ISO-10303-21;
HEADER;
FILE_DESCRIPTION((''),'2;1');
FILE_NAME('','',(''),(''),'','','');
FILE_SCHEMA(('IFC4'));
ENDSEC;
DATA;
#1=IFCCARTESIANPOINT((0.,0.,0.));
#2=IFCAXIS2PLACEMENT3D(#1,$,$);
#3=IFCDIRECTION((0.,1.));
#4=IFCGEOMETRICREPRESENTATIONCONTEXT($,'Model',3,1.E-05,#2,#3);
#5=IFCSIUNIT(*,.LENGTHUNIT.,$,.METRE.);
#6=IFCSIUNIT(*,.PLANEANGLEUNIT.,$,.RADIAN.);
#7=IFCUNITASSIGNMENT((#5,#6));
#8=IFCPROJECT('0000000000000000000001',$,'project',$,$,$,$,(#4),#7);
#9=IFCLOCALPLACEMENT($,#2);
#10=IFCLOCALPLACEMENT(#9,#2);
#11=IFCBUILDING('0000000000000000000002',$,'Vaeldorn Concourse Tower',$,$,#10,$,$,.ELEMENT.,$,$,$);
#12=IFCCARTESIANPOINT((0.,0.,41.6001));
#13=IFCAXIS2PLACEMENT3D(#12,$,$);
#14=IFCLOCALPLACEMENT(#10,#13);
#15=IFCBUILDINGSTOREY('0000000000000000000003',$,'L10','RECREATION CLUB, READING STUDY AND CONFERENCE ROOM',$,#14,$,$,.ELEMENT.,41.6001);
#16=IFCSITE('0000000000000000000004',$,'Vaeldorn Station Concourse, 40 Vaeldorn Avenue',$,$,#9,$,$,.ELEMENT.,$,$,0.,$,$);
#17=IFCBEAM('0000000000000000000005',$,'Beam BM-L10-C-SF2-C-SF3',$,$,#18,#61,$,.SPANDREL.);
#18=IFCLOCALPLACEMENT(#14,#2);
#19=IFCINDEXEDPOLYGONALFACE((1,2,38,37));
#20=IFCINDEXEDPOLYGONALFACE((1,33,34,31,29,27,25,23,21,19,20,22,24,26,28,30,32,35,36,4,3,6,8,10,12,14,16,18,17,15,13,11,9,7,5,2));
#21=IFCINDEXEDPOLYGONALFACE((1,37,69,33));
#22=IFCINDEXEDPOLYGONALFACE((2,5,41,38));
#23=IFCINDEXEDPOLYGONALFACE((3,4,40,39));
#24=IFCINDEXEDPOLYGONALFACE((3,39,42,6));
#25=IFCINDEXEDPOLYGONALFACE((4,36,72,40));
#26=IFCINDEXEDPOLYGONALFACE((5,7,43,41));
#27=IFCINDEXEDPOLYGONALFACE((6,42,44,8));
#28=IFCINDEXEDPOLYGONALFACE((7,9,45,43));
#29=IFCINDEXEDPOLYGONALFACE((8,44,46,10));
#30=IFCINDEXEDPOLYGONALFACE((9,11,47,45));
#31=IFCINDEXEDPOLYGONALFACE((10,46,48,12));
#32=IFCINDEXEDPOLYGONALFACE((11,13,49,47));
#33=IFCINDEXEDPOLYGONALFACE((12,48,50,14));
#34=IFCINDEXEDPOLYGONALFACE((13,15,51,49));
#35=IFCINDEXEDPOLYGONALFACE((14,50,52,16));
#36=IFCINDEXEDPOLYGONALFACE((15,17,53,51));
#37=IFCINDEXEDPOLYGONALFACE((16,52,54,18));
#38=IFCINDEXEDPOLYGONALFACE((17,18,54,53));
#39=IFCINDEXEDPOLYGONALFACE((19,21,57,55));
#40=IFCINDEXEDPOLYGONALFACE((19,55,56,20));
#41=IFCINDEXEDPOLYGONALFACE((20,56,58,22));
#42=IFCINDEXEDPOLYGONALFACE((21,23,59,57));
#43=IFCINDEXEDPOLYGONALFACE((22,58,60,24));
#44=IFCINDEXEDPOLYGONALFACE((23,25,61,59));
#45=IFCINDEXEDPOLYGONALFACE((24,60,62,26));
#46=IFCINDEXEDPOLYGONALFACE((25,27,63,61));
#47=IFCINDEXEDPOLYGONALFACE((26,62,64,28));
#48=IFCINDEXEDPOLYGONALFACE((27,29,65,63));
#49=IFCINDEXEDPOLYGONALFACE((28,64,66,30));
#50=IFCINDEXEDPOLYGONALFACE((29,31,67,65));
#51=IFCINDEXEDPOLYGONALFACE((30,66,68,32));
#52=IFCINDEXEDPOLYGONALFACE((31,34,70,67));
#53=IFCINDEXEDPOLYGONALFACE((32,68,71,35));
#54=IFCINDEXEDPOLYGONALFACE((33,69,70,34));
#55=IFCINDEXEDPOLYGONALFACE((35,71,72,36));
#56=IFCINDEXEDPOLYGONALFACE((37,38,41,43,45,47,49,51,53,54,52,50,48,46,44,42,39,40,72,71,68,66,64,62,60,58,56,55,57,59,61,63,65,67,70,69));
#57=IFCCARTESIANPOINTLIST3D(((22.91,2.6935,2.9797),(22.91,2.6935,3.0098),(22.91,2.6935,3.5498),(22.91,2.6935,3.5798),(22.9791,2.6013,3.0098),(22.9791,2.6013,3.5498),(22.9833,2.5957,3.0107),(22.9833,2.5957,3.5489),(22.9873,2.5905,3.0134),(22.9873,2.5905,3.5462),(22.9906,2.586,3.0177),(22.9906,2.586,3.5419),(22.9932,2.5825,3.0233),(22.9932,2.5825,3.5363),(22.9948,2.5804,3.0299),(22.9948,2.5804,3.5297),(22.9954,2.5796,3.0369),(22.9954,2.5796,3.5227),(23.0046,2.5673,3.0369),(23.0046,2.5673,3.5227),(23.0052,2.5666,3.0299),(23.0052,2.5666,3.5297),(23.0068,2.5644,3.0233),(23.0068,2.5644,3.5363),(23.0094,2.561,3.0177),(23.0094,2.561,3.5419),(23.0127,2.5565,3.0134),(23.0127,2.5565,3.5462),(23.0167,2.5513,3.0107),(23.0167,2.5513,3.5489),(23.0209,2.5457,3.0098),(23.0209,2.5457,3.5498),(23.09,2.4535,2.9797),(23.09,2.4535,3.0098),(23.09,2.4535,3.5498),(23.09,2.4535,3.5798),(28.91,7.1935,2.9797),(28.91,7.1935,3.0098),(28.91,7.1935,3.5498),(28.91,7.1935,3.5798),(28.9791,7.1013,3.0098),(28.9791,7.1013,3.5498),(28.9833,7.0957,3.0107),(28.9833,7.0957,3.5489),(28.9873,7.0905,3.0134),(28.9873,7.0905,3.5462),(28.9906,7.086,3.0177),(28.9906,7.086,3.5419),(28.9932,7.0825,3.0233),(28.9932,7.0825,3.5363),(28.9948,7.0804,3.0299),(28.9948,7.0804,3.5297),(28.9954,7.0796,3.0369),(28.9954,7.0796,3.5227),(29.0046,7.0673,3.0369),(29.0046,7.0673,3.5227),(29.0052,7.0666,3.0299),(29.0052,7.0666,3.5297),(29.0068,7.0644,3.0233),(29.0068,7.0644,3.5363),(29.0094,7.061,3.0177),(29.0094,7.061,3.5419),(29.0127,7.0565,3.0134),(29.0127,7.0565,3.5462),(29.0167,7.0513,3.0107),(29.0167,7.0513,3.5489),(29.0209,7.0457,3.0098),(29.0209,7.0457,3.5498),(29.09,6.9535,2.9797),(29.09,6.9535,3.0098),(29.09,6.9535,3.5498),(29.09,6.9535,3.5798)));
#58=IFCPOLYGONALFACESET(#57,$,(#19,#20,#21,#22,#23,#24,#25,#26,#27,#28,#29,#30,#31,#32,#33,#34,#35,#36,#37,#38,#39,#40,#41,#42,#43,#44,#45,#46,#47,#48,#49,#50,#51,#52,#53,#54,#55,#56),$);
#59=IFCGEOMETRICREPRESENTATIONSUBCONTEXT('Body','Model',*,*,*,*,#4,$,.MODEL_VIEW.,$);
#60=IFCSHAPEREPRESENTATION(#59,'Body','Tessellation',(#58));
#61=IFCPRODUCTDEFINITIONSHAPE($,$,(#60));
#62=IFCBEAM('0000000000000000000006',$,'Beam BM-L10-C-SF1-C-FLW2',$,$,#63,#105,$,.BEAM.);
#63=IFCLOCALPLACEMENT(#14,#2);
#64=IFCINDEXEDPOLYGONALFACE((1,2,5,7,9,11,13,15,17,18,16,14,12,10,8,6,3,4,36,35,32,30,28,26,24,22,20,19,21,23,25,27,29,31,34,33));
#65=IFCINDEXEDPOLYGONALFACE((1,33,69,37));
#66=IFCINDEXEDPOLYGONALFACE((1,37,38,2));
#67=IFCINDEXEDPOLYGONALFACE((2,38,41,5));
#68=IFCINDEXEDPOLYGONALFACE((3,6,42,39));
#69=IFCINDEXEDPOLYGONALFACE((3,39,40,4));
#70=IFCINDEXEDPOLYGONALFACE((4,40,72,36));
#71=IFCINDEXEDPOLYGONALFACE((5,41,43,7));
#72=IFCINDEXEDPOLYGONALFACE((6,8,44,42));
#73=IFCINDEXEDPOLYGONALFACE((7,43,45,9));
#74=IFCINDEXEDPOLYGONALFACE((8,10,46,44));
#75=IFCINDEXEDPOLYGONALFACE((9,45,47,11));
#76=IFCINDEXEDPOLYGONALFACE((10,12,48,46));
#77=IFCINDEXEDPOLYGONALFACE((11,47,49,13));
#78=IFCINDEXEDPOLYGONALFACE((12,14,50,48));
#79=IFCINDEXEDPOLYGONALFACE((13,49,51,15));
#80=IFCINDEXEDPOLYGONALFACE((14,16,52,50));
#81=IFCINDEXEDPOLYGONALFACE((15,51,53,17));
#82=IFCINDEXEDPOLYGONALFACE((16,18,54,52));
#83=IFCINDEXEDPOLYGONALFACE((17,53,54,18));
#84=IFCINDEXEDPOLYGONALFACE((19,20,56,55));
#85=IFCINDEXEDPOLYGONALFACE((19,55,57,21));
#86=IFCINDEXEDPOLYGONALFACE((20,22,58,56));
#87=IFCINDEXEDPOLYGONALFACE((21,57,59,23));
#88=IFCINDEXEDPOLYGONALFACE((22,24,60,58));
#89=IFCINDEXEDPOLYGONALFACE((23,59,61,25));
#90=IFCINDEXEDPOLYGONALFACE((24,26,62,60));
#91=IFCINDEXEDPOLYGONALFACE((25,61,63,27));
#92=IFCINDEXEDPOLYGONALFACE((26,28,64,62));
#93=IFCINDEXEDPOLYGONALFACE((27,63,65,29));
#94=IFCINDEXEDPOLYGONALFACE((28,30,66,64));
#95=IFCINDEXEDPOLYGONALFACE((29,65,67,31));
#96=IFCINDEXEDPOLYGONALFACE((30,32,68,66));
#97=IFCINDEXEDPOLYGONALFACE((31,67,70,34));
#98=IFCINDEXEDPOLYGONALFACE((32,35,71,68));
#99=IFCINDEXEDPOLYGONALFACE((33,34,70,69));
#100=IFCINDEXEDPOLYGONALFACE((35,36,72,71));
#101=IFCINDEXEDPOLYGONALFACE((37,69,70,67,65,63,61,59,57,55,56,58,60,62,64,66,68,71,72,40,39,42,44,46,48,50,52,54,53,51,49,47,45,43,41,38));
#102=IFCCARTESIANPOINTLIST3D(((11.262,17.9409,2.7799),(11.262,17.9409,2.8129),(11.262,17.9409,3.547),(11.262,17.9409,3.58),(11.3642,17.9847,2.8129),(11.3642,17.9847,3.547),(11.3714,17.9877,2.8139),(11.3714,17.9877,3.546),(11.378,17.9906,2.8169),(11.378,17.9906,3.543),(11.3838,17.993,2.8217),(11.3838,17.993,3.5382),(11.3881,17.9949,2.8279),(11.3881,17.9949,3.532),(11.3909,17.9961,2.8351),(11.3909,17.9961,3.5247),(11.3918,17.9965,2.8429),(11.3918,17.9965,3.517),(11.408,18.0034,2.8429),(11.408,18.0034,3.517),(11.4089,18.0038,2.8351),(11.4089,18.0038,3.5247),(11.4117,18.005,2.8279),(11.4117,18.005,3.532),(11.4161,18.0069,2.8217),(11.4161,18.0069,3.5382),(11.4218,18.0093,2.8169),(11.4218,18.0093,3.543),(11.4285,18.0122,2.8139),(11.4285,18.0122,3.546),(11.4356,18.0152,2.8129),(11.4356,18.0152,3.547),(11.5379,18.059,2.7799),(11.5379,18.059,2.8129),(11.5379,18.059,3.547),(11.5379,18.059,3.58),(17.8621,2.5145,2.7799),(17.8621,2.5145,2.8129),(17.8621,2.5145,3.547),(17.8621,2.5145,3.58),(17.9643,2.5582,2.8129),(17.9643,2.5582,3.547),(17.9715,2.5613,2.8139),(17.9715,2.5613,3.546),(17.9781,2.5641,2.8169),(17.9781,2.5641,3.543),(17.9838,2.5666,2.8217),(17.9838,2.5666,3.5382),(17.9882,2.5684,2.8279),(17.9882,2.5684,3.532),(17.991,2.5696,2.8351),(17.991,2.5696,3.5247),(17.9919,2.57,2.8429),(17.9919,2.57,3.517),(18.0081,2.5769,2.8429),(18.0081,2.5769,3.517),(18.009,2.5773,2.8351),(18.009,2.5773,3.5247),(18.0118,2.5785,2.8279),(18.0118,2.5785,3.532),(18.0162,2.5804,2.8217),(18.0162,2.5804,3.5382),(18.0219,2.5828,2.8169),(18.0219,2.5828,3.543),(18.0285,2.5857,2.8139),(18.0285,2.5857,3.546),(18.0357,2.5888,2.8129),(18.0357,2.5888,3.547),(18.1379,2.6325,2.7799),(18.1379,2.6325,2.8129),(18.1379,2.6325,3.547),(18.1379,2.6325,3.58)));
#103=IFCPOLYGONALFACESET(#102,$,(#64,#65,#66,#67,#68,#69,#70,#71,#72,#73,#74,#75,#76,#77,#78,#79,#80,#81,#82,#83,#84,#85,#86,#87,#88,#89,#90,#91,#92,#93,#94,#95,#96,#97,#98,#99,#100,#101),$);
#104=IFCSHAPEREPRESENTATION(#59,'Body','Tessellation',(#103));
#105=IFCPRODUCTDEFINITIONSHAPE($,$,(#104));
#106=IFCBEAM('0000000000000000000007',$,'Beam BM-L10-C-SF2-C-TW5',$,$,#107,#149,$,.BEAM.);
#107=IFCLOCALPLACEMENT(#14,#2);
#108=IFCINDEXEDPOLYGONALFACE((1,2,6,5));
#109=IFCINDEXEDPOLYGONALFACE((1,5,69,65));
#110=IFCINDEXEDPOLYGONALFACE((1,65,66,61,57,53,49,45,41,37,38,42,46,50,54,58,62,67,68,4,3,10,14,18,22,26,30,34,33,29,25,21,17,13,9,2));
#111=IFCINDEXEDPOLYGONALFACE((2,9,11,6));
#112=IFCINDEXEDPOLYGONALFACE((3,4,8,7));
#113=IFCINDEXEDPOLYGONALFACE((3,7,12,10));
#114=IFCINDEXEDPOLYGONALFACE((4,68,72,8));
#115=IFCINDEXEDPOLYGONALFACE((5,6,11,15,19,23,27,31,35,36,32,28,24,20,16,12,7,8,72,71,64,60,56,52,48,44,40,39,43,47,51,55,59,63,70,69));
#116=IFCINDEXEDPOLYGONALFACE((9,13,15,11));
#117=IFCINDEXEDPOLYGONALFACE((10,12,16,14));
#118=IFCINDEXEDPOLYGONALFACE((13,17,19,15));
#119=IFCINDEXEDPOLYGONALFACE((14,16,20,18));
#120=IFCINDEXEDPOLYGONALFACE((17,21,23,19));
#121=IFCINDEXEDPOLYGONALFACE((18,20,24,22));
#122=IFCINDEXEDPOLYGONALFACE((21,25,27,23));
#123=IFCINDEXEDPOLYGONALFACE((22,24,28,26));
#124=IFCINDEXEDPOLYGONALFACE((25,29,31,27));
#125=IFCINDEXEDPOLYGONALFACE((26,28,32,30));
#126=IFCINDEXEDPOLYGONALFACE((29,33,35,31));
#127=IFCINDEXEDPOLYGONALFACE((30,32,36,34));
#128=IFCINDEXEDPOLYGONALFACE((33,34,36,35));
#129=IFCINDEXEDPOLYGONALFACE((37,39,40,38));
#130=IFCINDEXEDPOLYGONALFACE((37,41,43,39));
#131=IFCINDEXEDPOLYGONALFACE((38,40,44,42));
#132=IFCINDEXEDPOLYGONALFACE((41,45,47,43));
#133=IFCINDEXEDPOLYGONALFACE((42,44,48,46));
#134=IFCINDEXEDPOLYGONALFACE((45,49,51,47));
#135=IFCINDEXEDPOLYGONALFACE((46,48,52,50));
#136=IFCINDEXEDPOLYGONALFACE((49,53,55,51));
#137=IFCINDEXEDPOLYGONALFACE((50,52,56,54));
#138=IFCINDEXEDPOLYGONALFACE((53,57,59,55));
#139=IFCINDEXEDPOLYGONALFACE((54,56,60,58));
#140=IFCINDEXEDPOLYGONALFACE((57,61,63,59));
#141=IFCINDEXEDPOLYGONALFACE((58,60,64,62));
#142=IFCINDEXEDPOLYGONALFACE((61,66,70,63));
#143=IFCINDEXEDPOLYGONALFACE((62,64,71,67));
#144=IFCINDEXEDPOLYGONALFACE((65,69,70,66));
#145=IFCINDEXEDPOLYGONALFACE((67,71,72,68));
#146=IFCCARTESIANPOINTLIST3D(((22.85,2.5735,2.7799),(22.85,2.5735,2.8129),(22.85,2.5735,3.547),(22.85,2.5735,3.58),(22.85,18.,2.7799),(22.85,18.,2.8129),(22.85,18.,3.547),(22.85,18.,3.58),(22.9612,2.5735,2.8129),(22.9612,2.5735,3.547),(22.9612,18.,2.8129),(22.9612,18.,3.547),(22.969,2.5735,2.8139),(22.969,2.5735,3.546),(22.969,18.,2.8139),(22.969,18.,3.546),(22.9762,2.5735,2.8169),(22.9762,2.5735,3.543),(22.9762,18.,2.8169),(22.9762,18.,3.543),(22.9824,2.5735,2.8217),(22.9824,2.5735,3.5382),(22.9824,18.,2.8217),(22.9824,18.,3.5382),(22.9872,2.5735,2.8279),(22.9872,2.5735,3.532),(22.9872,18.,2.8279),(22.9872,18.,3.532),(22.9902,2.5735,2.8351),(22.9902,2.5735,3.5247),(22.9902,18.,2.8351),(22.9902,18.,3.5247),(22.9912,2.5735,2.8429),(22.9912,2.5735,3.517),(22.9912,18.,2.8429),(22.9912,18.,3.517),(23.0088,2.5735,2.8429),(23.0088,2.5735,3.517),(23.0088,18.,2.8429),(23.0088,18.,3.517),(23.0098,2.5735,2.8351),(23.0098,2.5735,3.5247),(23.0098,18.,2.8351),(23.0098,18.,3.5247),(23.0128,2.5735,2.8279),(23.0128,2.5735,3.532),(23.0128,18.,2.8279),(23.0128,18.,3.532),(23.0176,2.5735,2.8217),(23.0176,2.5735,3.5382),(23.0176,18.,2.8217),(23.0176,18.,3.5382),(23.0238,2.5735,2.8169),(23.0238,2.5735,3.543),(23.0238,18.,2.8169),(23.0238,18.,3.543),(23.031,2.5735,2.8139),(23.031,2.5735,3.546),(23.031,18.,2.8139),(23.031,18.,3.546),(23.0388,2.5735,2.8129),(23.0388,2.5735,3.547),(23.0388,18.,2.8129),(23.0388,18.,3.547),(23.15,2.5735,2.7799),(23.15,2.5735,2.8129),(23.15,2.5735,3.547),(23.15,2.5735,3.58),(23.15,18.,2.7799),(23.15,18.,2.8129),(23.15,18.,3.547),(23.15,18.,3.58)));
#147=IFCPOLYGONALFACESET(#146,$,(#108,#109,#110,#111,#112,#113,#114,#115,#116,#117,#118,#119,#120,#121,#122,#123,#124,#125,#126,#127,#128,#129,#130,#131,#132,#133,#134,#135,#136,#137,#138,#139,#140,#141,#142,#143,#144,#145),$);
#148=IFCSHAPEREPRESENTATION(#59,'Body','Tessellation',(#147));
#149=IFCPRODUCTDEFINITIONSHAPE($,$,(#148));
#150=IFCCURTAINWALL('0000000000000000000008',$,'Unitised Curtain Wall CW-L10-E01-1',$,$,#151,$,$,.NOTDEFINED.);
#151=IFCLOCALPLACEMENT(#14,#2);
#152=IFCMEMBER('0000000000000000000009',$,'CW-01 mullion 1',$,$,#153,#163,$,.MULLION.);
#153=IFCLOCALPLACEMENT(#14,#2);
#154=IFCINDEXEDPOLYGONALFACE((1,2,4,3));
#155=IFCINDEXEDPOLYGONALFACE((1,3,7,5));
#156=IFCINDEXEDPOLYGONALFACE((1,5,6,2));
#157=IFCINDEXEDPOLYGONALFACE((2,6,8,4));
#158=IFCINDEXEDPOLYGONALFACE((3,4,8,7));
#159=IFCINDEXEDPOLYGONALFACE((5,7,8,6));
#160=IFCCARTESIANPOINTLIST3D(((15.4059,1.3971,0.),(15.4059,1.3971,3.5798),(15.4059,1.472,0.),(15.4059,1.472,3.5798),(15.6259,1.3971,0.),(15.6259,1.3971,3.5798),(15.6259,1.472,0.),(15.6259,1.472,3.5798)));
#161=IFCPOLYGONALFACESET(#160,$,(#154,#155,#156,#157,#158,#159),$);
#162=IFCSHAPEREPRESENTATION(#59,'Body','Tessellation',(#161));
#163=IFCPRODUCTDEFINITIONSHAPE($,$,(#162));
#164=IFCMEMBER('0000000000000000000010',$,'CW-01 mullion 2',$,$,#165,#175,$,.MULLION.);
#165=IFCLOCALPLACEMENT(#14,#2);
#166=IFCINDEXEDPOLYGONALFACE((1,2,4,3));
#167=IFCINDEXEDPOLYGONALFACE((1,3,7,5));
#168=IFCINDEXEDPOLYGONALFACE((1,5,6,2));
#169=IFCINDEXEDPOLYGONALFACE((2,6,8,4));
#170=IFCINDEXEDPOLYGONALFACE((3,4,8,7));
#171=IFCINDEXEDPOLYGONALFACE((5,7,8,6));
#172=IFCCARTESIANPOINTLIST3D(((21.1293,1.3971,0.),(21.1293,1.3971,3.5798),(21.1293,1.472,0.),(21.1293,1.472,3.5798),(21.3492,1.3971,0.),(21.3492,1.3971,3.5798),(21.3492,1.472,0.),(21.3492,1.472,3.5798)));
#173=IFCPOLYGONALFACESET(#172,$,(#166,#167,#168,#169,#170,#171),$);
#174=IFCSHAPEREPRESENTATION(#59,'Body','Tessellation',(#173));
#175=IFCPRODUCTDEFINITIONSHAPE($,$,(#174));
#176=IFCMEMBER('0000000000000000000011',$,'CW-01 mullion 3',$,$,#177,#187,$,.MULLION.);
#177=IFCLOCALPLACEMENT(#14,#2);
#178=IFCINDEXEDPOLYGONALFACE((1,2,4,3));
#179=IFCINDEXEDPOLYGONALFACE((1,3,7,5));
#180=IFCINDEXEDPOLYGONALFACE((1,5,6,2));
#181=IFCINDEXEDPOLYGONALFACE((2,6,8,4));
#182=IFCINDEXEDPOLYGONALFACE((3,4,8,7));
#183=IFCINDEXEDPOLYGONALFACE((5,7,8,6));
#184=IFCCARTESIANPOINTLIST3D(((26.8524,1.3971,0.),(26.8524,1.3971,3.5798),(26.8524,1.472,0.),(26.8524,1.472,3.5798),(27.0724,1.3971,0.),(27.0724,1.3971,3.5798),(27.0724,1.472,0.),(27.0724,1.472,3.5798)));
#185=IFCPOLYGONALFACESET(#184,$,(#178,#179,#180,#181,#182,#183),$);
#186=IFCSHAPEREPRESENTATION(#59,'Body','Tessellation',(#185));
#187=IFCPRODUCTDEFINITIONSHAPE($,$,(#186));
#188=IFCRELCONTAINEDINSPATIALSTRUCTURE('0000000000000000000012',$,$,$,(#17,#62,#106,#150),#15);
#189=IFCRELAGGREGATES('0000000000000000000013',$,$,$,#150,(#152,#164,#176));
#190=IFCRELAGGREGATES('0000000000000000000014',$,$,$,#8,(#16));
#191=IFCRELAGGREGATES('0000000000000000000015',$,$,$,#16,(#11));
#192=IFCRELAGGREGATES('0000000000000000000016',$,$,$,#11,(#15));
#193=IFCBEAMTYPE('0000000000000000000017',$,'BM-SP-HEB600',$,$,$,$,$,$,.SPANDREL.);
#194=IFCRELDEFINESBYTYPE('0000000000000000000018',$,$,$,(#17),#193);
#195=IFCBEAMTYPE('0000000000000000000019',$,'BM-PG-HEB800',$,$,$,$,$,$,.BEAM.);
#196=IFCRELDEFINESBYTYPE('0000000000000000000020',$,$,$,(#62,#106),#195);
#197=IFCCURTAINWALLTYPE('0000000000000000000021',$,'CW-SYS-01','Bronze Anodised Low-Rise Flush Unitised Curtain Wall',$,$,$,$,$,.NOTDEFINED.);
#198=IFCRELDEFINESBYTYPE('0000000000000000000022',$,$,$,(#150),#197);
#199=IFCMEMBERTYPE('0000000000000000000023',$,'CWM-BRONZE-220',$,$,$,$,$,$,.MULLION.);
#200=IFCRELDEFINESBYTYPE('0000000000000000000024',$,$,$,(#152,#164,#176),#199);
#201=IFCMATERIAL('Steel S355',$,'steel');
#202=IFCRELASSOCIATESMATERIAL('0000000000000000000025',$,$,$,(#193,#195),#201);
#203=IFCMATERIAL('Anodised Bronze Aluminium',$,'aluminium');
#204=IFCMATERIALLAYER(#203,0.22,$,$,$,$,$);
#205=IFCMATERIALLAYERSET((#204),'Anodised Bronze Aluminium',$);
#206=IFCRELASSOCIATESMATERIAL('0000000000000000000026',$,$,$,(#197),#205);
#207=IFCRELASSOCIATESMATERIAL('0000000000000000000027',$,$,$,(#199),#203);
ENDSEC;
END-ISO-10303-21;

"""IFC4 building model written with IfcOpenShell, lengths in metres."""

from ifc_helpers import new_model, si_unit, direction, frame, origin, origin_2d, place, context, subcontext, project, spatial, rectangle, i_section, extrude, source, transform, mapped, material, layer, layer_set, material_profile, profile_set, type_object, element, aggregate, save


model = new_model("IFC4")

# Units and contexts
model_context = context("Model", 3, precision=1e-05, world=origin(), true_north=direction((0.0, 1.0)))
body_context = subcontext(model_context, "Body", "Model", "MODEL_VIEW")
ifc_project = project(units=[si_unit("LENGTHUNIT", "METRE"), si_unit("PLANEANGLEUNIT", "RADIAN")], contexts=[model_context])

# Site, building, storey
site_placement = place(None, origin())
site = spatial("IfcSite", under=ifc_project, at=site_placement, Name="Vaeldorn Station Concourse, 40 Vaeldorn Avenue", CompositionType="ELEMENT", RefElevation=0.0)
building_placement = place(site_placement, origin())
building = spatial("IfcBuilding", under=site, at=building_placement, Name="Vaeldorn Concourse Tower", CompositionType="ELEMENT")
storey_placement = place(building_placement, frame((0.0, 0.0, 41.6001)))
storey = spatial("IfcBuildingStorey", under=building, at=storey_placement, Name="L10", Description="RECREATION CLUB, READING STUDY AND CONFERENCE ROOM", CompositionType="ELEMENT", Elevation=41.6001)

# Beams
ifc_material_1 = material(Name="Steel S355", Category="steel")
ifc_material_profile_1 = material_profile(ifc_material_1, i_section(OverallWidth=0.3, OverallDepth=0.6001, WebThickness=0.0154, FlangeThickness=0.03, FilletRadius=0.0271, at=origin_2d()), Name="HEB 600")
ifc_profile_set_1 = profile_set([ifc_material_profile_1], Name="Steel S355")
beam_type_1 = type_object("IfcBeamType", Name="BM-SP-HEB600", PredefinedType="SPANDREL", material=ifc_profile_set_1)
shared_shape_1 = source(origin(), body_context, "Body", "SweptSolid", [
    extrude(i_section(OverallWidth=0.3, OverallDepth=0.6001, WebThickness=0.0154, FlangeThickness=0.03, FilletRadius=0.0271, at=origin_2d()), origin(), (0.0, 0.0, 1.0), 7.5),
])
beam_1_placement = place(storey_placement, frame((23.0, 2.5735, 3.2798), z_axis=(0.8, 0.6, 0.0), x_axis=(-0.6, 0.8, 0.0)))
element("IfcBeam", 1, at=beam_1_placement, inside=storey, type_object=beam_type_1, Name="Beam BM-L10-C-SF2-C-SF3", PredefinedType="SPANDREL", context=body_context, shape_type="MappedRepresentation", body=[
    mapped(shared_shape_1, transform((0.0, 0.0, 0.0), scale=1.0)),
])
ifc_material_profile_2 = material_profile(ifc_material_1, i_section(OverallWidth=0.3, OverallDepth=0.8, WebThickness=0.0176, FlangeThickness=0.033, FilletRadius=0.03, at=origin_2d()), Name="HEB 800")
ifc_profile_set_2 = profile_set([ifc_material_profile_2], Name="Steel S355")
beam_type_2 = type_object("IfcBeamType", Name="BM-PG-HEB800", PredefinedType="BEAM", material=ifc_profile_set_2)
shared_shape_2 = source(origin(), body_context, "Body", "SweptSolid", [
    extrude(i_section(OverallWidth=0.3, OverallDepth=0.8, WebThickness=0.0176, FlangeThickness=0.033, FilletRadius=0.03, at=origin_2d()), origin(), (0.0, 0.0, 1.0), 16.7791),
])
beam_2_placement = place(storey_placement, frame((18.0, 2.5735, 3.1799), z_axis=(-0.393352, 0.919388, 0.0), x_axis=(-0.919388, -0.393352, 0.0)))
element("IfcBeam", 2, at=beam_2_placement, inside=storey, type_object=beam_type_2, Name="Beam BM-L10-C-SF1-C-FLW2", PredefinedType="BEAM", context=body_context, shape_type="MappedRepresentation", body=[
    mapped(shared_shape_2, transform((0.0, 0.0, 0.0), scale=1.0)),
])
shared_shape_3 = source(origin(), body_context, "Body", "SweptSolid", [
    extrude(i_section(OverallWidth=0.3, OverallDepth=0.8, WebThickness=0.0176, FlangeThickness=0.033, FilletRadius=0.03, at=origin_2d()), origin(), (0.0, 0.0, 1.0), 15.4265),
])
beam_3_placement = place(storey_placement, frame((23.0, 2.5735, 3.1799), z_axis=(0.0, 1.0, 0.0), x_axis=(-1.0, 0.0, 0.0)))
element("IfcBeam", 3, at=beam_3_placement, inside=storey, type_object=beam_type_2, Name="Beam BM-L10-C-SF2-C-TW5", PredefinedType="BEAM", context=body_context, shape_type="MappedRepresentation", body=[
    mapped(shared_shape_3, transform((0.0, 0.0, 0.0), scale=1.0)),
])

# Curtain wall, members
ifc_material_2 = material(Name="Anodised Bronze Aluminium", Category="aluminium")
ifc_layer_1 = layer(ifc_material_2, 0.22)
ifc_layer_set_1 = layer_set([ifc_layer_1], Name="Anodised Bronze Aluminium")
curtain_wall_type = type_object("IfcCurtainWallType", Name="CW-SYS-01", Description="Bronze Anodised Low-Rise Flush Unitised Curtain Wall", PredefinedType="NOTDEFINED", material=ifc_layer_set_1)
curtain_wall_1_placement = place(storey_placement, origin())
curtain_wall_1 = element("IfcCurtainWall", 4, at=curtain_wall_1_placement, inside=storey, type_object=curtain_wall_type, Name="Unitised Curtain Wall CW-L10-E01-1", PredefinedType="NOTDEFINED")
ifc_material_profile_3 = material_profile(ifc_material_2, rectangle(XDim=0.075, YDim=0.22, at=origin_2d()), Name="CWM 75x220")
ifc_profile_set_3 = profile_set([ifc_material_profile_3], Name="Anodised Bronze Aluminium")
member_type_1 = type_object("IfcMemberType", Name="CWM-BRONZE-220", PredefinedType="MULLION", material=ifc_profile_set_3)
shared_shape_4 = source(origin(), body_context, "Body", "SweptSolid", [
    extrude(rectangle(XDim=0.075, YDim=0.22, at=origin_2d()), origin(), (0.0, 0.0, 1.0), 3.5798),
])
member_1_placement = place(storey_placement, frame((15.5159, 1.4346, 0.0), z_axis=(0.0, 0.0, 1.0), x_axis=(0.0, 1.0, 0.0)))
member_1 = element("IfcMember", 5, at=member_1_placement, type_object=member_type_1, Name="CW-01 mullion 1", PredefinedType="MULLION", context=body_context, shape_type="MappedRepresentation", body=[
    mapped(shared_shape_4, transform((0.0, 0.0, 0.0), scale=1.0)),
])
member_2_placement = place(storey_placement, frame((21.2393, 1.4346, 0.0), z_axis=(0.0, 0.0, 1.0), x_axis=(0.0, 1.0, 0.0)))
member_2 = element("IfcMember", 6, at=member_2_placement, type_object=member_type_1, Name="CW-01 mullion 2", PredefinedType="MULLION", context=body_context, shape_type="MappedRepresentation", body=[
    mapped(shared_shape_4, transform((0.0, 0.0, 0.0), scale=1.0)),
])
member_3_placement = place(storey_placement, frame((26.9624, 1.4346, 0.0), z_axis=(0.0, 0.0, 1.0), x_axis=(0.0, 1.0, 0.0)))
member_3 = element("IfcMember", 7, at=member_3_placement, type_object=member_type_1, Name="CW-01 mullion 3", PredefinedType="MULLION", context=body_context, shape_type="MappedRepresentation", body=[
    mapped(shared_shape_4, transform((0.0, 0.0, 0.0), scale=1.0)),
])

aggregate(curtain_wall_1, [member_1, member_2, member_3])

save(model, "model.ifc")
